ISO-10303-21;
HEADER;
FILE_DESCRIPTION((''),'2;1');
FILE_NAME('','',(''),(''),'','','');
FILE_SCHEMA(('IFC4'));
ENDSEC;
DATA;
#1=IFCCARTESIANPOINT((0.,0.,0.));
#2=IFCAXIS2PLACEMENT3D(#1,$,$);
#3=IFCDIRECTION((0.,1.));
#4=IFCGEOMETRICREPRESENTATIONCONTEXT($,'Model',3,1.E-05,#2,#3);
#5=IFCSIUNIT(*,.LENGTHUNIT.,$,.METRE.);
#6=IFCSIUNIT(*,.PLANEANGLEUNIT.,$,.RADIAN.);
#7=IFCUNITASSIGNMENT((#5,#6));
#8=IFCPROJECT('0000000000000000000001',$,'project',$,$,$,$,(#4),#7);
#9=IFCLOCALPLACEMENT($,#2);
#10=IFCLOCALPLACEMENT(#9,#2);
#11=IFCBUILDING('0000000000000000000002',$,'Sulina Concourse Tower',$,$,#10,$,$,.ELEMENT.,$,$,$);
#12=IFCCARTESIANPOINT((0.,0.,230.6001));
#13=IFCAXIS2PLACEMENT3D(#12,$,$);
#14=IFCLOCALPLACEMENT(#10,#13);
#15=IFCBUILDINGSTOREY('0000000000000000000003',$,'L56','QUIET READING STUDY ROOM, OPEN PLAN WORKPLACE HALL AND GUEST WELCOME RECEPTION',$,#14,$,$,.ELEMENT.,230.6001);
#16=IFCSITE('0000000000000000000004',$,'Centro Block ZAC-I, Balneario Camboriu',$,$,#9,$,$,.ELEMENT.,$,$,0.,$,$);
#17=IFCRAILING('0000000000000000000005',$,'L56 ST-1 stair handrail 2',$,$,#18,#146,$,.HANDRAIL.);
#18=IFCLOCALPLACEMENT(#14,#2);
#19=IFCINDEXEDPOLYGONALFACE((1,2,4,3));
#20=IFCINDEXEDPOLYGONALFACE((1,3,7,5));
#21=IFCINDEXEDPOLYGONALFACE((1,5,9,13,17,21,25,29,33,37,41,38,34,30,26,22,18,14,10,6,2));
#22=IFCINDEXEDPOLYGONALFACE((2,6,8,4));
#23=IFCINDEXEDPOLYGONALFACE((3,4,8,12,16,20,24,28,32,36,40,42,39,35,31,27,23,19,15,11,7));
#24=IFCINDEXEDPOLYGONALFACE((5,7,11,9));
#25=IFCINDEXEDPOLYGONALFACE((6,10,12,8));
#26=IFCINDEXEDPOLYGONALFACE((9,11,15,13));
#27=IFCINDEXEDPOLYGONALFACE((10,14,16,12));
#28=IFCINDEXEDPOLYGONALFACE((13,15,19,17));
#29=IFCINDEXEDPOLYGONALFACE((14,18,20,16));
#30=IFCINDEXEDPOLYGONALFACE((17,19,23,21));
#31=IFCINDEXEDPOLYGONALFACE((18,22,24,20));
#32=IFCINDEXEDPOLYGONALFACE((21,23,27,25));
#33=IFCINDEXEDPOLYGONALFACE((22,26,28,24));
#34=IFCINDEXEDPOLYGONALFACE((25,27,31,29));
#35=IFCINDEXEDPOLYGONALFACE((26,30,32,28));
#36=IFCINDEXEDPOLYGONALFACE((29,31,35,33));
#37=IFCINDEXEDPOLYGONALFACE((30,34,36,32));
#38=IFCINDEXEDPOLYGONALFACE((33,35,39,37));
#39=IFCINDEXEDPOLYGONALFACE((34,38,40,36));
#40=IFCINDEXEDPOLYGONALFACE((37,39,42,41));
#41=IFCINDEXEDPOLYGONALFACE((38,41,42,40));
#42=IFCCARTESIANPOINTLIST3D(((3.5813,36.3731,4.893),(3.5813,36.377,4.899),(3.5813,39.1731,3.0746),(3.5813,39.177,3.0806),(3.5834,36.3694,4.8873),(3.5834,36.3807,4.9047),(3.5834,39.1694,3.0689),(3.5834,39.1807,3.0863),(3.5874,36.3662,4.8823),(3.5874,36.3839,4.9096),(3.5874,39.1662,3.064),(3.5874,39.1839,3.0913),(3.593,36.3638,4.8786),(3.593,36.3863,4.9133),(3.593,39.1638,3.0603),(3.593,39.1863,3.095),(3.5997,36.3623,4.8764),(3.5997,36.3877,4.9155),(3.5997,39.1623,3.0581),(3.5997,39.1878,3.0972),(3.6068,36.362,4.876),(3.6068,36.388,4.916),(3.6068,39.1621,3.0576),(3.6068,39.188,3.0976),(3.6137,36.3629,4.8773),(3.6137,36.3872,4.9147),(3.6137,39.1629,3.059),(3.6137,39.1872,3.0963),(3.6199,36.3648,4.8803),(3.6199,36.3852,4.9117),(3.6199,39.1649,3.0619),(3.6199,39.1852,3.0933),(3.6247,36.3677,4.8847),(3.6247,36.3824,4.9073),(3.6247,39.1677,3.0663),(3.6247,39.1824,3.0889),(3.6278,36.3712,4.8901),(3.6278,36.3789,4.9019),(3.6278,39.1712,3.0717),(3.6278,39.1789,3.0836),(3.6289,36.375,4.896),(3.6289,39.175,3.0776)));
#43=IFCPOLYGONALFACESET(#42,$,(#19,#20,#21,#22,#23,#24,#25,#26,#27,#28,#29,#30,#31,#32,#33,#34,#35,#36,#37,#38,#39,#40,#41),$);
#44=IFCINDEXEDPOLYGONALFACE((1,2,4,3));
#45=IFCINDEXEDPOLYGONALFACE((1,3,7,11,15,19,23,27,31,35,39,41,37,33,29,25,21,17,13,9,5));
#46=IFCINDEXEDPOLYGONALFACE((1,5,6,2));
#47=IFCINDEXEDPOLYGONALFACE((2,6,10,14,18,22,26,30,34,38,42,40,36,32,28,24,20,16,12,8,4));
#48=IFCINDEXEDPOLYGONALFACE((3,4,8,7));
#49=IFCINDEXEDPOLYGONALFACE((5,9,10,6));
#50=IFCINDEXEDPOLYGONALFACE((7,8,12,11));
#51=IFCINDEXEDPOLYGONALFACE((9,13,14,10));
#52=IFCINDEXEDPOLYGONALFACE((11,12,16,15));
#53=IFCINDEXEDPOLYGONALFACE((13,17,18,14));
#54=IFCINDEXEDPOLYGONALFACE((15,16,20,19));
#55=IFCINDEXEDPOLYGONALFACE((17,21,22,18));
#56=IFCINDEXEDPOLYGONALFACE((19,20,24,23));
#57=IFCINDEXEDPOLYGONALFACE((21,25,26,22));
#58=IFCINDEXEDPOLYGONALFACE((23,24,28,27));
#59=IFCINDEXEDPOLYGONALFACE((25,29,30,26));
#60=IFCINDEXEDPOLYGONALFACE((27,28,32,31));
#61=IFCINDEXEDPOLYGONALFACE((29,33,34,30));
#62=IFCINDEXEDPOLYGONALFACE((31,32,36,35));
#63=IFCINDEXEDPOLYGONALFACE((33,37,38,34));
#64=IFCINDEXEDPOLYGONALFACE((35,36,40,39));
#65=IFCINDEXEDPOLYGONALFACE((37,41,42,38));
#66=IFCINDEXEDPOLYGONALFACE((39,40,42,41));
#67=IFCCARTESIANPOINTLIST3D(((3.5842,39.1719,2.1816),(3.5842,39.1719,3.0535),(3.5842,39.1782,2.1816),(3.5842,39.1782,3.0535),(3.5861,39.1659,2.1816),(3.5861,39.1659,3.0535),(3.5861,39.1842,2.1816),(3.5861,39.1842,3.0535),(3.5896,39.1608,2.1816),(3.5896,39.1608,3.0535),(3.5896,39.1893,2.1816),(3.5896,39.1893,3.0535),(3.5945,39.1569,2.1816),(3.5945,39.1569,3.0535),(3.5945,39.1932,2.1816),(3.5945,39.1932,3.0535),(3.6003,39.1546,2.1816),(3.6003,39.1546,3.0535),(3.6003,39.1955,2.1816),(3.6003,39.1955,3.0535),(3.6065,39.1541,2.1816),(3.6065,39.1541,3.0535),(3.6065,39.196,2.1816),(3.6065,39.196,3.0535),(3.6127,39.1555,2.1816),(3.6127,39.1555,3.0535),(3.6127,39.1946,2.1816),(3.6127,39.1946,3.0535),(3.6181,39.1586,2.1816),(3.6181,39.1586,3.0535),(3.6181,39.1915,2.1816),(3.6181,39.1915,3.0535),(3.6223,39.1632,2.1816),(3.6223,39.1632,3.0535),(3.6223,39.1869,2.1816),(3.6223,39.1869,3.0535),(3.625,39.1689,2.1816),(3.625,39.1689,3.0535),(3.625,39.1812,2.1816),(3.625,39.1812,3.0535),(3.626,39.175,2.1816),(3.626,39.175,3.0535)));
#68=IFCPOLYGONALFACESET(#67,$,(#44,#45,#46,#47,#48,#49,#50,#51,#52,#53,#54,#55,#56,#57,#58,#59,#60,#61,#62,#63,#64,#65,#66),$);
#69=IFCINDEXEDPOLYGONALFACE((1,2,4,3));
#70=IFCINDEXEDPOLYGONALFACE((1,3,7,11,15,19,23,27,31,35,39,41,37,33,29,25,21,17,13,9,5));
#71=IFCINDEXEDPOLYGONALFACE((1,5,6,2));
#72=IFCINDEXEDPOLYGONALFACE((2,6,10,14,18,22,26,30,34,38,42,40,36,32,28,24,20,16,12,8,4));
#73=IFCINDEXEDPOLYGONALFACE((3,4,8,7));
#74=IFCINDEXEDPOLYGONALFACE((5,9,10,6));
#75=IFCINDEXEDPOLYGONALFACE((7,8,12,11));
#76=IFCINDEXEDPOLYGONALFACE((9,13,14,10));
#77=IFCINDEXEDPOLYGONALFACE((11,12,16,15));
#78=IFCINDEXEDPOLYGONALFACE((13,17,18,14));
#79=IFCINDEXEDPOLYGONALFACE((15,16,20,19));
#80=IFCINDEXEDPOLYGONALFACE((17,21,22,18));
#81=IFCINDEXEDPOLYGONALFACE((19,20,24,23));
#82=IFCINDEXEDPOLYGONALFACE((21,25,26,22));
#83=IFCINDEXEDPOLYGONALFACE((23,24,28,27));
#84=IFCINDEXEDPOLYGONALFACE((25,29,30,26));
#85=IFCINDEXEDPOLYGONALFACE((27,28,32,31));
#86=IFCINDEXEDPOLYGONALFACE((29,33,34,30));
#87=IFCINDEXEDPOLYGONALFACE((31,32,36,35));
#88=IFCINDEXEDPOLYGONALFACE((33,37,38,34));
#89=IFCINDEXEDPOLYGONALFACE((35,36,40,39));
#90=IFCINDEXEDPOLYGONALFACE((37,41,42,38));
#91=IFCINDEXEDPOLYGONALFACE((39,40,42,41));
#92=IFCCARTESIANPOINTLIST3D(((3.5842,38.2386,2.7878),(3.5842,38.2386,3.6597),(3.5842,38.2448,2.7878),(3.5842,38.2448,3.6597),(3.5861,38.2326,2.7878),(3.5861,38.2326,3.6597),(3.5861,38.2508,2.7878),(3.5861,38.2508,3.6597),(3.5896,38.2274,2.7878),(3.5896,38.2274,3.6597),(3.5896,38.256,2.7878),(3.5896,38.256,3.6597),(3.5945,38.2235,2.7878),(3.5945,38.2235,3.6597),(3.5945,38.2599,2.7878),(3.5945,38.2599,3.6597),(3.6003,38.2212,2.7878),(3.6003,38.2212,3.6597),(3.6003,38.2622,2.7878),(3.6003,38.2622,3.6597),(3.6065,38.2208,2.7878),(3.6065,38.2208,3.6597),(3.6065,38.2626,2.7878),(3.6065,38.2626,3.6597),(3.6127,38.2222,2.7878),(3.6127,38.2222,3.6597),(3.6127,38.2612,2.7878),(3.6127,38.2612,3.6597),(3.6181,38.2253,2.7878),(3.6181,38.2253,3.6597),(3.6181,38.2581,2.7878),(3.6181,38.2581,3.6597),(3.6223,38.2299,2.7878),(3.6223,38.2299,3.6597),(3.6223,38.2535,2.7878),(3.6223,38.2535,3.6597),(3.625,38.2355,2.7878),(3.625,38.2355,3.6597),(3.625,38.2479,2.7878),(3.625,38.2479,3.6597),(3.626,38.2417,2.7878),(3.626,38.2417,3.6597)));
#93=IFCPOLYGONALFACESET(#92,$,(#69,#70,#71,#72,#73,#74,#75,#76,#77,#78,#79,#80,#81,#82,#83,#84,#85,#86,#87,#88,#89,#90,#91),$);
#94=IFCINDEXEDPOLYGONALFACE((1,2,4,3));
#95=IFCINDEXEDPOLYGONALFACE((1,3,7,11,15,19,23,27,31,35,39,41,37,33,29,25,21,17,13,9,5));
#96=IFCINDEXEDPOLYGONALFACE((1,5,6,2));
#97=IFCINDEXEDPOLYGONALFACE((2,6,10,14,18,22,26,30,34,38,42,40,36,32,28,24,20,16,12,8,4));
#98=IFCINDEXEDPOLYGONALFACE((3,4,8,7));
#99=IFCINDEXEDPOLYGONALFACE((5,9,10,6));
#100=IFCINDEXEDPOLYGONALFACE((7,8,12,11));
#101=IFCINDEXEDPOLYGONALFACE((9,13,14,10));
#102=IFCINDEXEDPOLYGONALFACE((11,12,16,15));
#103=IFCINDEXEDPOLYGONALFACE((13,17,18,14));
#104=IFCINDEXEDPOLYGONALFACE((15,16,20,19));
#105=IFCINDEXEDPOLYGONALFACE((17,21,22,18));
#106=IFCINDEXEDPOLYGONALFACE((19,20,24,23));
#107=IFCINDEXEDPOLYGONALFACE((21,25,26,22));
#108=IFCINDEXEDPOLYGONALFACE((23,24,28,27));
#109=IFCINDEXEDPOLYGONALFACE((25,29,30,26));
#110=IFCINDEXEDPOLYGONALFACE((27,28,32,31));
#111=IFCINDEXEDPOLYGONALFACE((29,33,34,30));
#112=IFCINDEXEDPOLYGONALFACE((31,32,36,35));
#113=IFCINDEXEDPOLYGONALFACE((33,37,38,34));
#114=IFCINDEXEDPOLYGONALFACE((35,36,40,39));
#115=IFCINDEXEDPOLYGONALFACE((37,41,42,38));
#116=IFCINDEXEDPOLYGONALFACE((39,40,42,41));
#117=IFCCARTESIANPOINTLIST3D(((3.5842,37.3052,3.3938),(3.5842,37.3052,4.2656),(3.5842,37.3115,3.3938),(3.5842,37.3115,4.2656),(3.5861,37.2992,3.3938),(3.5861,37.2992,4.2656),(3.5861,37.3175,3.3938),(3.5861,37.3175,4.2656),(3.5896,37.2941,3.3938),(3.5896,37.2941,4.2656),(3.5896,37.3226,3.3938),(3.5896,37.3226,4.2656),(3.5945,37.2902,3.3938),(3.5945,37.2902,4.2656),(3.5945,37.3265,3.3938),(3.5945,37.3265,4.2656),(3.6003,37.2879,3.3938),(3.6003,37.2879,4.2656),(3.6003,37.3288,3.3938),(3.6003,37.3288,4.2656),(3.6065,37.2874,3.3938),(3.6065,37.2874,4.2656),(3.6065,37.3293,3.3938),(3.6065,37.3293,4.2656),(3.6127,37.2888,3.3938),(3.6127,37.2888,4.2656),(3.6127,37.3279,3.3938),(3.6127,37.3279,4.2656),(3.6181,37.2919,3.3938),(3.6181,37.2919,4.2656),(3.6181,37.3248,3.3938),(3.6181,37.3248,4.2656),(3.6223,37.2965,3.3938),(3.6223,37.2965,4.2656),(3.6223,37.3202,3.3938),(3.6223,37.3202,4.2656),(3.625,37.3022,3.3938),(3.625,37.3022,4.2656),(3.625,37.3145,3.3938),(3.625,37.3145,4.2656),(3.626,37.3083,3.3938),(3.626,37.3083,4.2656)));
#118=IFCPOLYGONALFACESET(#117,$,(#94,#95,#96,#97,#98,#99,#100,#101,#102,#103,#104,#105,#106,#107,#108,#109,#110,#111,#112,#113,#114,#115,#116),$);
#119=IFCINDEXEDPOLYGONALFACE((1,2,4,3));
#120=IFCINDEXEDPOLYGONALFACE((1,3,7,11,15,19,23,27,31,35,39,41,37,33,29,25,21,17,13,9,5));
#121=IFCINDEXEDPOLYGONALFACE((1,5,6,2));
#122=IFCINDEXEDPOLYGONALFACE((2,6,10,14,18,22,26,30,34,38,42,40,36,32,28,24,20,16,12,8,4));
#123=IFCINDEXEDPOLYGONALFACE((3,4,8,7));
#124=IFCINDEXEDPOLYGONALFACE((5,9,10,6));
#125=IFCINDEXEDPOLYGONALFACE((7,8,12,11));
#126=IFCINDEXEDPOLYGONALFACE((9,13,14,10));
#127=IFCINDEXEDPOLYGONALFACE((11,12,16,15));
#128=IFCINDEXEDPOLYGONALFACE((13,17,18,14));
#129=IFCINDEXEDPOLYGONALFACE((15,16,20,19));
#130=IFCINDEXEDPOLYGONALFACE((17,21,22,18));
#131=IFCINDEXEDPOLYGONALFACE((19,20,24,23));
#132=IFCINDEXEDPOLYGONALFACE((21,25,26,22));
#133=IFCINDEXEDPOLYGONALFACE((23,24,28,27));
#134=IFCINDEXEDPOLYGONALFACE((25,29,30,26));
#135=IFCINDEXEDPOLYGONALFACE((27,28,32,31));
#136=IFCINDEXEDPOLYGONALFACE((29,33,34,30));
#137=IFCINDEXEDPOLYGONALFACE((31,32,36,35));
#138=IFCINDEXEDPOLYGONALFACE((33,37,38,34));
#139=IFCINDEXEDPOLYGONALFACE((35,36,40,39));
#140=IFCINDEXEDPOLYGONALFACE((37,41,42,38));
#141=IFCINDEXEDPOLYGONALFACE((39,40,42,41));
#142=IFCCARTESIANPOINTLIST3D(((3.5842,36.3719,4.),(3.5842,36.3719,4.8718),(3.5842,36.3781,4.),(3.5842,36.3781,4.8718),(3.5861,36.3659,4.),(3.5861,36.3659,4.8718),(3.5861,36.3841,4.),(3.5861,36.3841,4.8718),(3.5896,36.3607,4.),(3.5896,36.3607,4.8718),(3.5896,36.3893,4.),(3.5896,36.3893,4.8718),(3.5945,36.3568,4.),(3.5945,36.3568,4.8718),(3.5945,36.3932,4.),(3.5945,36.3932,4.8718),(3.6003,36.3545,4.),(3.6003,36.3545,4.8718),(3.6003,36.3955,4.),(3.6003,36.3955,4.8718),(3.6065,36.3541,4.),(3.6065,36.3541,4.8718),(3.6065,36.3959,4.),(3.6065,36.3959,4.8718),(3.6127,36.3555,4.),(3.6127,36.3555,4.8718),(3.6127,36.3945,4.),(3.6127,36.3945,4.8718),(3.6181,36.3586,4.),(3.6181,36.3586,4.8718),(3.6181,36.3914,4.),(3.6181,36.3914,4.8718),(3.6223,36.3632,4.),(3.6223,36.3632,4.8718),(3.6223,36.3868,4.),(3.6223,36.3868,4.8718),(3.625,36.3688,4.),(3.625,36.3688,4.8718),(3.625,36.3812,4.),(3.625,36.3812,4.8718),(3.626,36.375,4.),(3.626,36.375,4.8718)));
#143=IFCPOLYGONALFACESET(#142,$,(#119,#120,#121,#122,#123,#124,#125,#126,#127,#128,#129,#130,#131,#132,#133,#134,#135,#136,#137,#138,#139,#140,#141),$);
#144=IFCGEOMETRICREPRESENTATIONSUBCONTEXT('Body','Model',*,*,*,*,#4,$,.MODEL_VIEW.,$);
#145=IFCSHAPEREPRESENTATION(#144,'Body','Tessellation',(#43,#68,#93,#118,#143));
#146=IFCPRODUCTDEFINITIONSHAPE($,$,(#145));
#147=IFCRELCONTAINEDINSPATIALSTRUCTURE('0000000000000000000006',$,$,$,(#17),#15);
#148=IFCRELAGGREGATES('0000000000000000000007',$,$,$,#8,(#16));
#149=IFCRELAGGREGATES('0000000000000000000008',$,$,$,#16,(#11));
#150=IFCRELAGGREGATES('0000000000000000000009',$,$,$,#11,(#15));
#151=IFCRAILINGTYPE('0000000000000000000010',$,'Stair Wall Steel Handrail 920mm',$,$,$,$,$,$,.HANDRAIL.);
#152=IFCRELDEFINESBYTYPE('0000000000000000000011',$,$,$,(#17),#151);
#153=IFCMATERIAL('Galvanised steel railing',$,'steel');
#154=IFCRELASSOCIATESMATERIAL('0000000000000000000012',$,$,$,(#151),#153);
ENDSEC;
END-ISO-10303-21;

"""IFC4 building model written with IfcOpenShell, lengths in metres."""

from ifc_helpers import new_model, si_unit, direction, frame, origin, origin_2d, place, context, subcontext, project, spatial, circle, extrude, material, type_object, element, save


model = new_model("IFC4")

# Units and contexts
model_context = context("Model", 3, precision=1e-05, world=origin(), true_north=direction((0.0, 1.0)))
body_context = subcontext(model_context, "Body", "Model", "MODEL_VIEW")
ifc_project = project(units=[si_unit("LENGTHUNIT", "METRE"), si_unit("PLANEANGLEUNIT", "RADIAN")], contexts=[model_context])

# Site, building, storey
site_placement = place(None, origin())
site = spatial("IfcSite", under=ifc_project, at=site_placement, Name="Centro Block ZAC-I, Balneario Camboriu", CompositionType="ELEMENT", RefElevation=0.0)
building_placement = place(site_placement, origin())
building = spatial("IfcBuilding", under=site, at=building_placement, Name="Sulina Concourse Tower", CompositionType="ELEMENT")
storey_placement = place(building_placement, frame((0.0, 0.0, 230.6001)))
storey = spatial("IfcBuildingStorey", under=building, at=storey_placement, Name="L56", Description="QUIET READING STUDY ROOM, OPEN PLAN WORKPLACE HALL AND GUEST WELCOME RECEPTION", CompositionType="ELEMENT", Elevation=230.6001)

# Railing
ifc_material_1 = material(Name="Galvanised steel railing", Category="steel")
railing_type_1 = type_object("IfcRailingType", Name="Stair Wall Steel Handrail 920mm", PredefinedType="HANDRAIL", material=ifc_material_1)
railing_1_placement = place(storey_placement, frame((3.605, 39.175, 2.1816)))
element("IfcRailing", 1, at=railing_1_placement, inside=storey, type_object=railing_type_1, Name="L56 ST-1 stair handrail 2", PredefinedType="HANDRAIL", context=body_context, shape_type="SweptSolid", body=[
    extrude(circle(Radius=0.0239, at=origin_2d()), frame((0.0, 0.0, 0.896), z_axis=(0.0, -0.838672, 0.544636), x_axis=(1.0, 0.0, 0.0)), (0.0, 0.0, 1.0), 3.3386),
    extrude(circle(Radius=0.021, at=origin_2d()), origin(), (0.0, 0.0, 1.0), 0.8718),
    extrude(circle(Radius=0.021, at=origin_2d()), frame((0.0, -0.9333, 0.6062)), (0.0, 0.0, 1.0), 0.8718),
    extrude(circle(Radius=0.021, at=origin_2d()), frame((0.0, -1.8667, 1.2122)), (0.0, 0.0, 1.0), 0.8718),
    extrude(circle(Radius=0.021, at=origin_2d()), frame((0.0, -2.8, 1.8184)), (0.0, 0.0, 1.0), 0.8718),
])

save(model, "model.ifc")
